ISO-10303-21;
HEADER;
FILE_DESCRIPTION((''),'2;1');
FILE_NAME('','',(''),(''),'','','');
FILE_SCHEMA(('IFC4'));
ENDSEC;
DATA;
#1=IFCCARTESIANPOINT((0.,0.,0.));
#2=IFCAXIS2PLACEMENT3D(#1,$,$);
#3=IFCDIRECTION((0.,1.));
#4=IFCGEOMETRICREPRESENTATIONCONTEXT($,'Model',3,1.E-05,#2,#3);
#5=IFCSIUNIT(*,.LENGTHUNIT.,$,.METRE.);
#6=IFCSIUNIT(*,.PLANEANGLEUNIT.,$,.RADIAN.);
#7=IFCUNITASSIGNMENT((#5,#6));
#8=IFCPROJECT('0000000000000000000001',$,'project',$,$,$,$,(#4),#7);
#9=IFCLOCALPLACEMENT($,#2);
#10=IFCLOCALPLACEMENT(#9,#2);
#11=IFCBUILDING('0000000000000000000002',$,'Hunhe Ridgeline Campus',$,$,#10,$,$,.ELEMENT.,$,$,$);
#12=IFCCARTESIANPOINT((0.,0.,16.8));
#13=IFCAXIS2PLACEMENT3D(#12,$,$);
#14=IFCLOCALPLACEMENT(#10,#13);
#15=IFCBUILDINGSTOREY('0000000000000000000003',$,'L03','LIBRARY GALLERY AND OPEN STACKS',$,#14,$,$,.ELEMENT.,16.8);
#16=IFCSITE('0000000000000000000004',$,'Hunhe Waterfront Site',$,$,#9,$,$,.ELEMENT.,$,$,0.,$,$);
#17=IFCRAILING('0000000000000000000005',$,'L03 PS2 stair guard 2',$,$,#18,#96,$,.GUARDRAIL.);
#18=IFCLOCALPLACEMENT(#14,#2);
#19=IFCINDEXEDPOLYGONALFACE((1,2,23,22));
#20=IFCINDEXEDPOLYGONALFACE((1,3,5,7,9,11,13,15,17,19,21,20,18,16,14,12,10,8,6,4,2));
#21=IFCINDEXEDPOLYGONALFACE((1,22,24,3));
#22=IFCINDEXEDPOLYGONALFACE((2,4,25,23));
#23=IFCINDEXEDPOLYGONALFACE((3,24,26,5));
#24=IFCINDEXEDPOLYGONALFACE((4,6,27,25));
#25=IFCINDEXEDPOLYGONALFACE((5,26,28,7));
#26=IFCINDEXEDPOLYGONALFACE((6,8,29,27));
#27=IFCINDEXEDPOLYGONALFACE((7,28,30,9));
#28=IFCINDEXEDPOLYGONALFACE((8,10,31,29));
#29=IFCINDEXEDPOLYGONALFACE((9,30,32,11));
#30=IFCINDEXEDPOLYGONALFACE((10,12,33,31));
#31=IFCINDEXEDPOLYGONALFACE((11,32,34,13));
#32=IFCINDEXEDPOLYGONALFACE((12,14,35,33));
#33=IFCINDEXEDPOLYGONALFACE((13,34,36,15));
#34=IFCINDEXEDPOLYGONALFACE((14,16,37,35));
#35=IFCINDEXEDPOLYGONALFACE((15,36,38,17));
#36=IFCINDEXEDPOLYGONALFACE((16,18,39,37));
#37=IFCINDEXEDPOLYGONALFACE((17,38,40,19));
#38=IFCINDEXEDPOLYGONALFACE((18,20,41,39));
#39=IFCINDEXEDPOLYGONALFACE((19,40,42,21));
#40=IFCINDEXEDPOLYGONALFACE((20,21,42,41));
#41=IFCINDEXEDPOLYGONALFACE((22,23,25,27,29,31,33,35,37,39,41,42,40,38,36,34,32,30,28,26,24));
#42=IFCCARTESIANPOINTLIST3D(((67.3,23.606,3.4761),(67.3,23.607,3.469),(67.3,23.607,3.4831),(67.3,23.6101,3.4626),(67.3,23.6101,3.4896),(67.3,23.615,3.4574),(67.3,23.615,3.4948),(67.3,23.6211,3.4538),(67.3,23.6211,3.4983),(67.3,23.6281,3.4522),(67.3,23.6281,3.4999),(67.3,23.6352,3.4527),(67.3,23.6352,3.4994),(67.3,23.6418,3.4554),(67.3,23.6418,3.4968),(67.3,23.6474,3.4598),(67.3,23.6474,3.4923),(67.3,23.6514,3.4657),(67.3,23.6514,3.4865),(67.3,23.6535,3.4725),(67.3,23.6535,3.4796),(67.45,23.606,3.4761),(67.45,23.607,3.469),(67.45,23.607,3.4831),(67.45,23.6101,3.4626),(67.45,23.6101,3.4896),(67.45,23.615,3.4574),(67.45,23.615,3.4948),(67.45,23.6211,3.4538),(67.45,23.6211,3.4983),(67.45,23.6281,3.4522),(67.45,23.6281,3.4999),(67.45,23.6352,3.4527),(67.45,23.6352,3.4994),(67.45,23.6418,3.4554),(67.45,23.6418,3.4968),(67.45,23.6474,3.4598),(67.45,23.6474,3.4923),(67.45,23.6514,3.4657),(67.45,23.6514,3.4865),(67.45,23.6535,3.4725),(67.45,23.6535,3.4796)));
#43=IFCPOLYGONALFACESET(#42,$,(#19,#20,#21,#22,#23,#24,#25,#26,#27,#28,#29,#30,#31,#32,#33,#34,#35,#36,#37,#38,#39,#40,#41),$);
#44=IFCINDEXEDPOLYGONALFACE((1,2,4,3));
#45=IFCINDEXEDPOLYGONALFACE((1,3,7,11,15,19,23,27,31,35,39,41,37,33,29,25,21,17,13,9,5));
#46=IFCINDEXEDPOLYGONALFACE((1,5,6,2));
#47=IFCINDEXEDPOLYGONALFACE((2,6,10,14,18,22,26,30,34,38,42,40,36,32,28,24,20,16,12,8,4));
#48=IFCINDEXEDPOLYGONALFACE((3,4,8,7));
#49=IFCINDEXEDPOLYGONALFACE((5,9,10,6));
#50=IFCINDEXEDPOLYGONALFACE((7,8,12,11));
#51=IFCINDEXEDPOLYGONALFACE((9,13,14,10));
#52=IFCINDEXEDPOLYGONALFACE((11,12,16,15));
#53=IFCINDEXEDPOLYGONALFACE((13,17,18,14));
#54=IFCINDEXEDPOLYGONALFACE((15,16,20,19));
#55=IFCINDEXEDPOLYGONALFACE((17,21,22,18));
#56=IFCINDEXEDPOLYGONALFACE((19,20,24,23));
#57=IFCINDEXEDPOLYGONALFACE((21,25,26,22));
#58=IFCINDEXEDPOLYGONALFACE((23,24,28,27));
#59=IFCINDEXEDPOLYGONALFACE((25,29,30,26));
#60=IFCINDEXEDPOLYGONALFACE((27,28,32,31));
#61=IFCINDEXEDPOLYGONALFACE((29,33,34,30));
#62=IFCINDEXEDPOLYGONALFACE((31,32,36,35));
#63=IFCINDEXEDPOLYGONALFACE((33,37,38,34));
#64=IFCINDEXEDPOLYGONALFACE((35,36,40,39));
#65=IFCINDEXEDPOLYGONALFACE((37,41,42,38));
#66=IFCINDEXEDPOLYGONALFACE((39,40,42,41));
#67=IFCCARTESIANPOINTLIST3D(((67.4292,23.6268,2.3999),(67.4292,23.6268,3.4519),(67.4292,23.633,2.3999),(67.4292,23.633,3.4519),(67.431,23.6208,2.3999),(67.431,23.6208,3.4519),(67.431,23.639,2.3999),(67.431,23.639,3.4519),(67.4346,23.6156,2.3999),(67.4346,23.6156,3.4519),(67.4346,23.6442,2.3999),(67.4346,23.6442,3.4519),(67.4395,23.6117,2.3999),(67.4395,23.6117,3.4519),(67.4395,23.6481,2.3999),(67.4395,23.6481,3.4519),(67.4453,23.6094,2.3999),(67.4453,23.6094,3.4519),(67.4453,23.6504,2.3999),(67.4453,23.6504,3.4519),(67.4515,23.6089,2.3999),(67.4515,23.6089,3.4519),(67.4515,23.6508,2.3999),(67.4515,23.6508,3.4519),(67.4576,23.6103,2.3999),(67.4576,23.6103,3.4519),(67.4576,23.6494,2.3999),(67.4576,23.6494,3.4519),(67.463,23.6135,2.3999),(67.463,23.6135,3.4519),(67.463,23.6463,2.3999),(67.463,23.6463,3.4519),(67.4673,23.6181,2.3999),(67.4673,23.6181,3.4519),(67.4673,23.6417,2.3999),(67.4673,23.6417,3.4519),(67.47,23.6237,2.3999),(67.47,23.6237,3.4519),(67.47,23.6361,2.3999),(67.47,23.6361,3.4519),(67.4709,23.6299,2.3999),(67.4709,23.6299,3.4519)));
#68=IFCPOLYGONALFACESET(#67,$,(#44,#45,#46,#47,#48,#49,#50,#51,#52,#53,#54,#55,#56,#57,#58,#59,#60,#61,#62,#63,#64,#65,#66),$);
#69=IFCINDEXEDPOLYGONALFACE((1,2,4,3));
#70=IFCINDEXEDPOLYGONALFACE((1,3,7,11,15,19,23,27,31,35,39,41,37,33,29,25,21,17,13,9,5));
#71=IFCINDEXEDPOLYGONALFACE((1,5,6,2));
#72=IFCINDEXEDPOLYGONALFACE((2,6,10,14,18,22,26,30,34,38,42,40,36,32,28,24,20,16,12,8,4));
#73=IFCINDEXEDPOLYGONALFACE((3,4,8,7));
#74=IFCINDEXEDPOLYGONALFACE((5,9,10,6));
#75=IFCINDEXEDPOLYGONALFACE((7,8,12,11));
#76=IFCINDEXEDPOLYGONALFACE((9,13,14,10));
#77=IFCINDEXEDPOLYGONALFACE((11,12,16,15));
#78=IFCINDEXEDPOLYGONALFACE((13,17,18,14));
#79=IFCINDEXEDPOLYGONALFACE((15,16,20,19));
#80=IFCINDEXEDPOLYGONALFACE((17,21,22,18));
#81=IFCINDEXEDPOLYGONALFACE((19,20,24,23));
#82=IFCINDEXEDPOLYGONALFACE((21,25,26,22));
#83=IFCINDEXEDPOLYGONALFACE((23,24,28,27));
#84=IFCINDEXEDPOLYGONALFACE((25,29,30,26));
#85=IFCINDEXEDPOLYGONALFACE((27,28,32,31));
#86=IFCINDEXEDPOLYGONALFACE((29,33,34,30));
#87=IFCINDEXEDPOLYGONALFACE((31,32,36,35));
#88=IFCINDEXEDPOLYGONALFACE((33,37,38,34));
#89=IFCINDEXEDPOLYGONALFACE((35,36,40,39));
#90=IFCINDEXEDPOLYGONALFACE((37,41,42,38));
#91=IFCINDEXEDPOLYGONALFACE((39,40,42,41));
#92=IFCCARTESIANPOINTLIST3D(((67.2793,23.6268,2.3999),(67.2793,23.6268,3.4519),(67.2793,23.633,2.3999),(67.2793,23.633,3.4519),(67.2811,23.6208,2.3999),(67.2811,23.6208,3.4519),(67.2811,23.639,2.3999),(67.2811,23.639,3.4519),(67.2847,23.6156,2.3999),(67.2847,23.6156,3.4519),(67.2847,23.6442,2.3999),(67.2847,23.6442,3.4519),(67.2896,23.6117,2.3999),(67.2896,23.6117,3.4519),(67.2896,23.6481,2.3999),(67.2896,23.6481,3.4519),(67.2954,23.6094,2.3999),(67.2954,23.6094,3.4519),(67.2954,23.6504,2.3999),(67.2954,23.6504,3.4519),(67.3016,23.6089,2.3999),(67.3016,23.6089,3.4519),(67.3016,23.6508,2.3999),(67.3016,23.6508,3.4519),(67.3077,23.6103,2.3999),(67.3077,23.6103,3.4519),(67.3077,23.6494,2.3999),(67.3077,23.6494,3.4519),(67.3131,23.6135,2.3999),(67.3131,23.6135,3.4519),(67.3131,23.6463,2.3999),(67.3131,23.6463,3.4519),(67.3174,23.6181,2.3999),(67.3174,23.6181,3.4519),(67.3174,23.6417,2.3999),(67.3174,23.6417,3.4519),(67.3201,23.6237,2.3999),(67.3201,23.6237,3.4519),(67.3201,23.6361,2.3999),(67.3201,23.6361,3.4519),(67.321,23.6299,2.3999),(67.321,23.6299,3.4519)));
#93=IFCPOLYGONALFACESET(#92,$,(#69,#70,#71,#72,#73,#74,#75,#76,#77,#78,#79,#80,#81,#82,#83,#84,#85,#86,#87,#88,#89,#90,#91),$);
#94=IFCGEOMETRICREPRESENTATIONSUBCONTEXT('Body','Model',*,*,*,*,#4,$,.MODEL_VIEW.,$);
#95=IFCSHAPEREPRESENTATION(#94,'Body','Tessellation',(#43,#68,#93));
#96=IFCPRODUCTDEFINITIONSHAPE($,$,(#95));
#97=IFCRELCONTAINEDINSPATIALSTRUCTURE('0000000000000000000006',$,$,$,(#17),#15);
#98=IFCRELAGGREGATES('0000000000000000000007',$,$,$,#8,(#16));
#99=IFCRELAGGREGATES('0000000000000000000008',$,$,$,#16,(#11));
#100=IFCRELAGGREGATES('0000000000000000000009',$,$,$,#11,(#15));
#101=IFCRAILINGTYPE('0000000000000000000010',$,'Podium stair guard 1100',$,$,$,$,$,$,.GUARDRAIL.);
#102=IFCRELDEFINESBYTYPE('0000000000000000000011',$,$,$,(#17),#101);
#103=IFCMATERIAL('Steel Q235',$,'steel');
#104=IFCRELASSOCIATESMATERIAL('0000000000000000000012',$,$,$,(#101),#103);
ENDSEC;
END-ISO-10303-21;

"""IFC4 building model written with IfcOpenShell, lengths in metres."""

from ifc_helpers import new_model, si_unit, direction, frame, origin, origin_2d, place, context, subcontext, project, spatial, circle, extrude, material, type_object, element, save


model = new_model("IFC4")

# Units and contexts
model_context = context("Model", 3, precision=1e-05, world=origin(), true_north=direction((0.0, 1.0)))
body_context = subcontext(model_context, "Body", "Model", "MODEL_VIEW")
ifc_project = project(units=[si_unit("LENGTHUNIT", "METRE"), si_unit("PLANEANGLEUNIT", "RADIAN")], contexts=[model_context])

# Site, building, storey
site_placement = place(None, origin())
site = spatial("IfcSite", under=ifc_project, at=site_placement, Name="Hunhe Waterfront Site", CompositionType="ELEMENT", RefElevation=0.0)
building_placement = place(site_placement, origin())
building = spatial("IfcBuilding", under=site, at=building_placement, Name="Hunhe Ridgeline Campus", CompositionType="ELEMENT")
storey_placement = place(building_placement, frame((0.0, 0.0, 16.8)))
storey = spatial("IfcBuildingStorey", under=building, at=storey_placement, Name="L03", Description="LIBRARY GALLERY AND OPEN STACKS", CompositionType="ELEMENT", Elevation=16.8)

# Railing
ifc_material_1 = material(Name="Steel Q235", Category="steel")
railing_type_1 = type_object("IfcRailingType", Name="Podium stair guard 1100", PredefinedType="GUARDRAIL", material=ifc_material_1)
railing_1_placement = place(storey_placement, frame((67.45, 23.6299, 2.3999)))
element("IfcRailing", 1, at=railing_1_placement, inside=storey, type_object=railing_type_1, Name="L03 PS2 stair guard 2", PredefinedType="GUARDRAIL", context=body_context, shape_type="SweptSolid", body=[
    extrude(circle(Radius=0.0239, at=origin_2d()), frame((0.0, 0.0, 1.0762), z_axis=(-1.0, 0.0, 0.0), x_axis=(0.0, -1.0, 0.0)), (0.0, 0.0, 1.0), 0.1499),
    extrude(circle(Radius=0.021, at=origin_2d()), origin(), (0.0, 0.0, 1.0), 1.052),
    extrude(circle(Radius=0.021, at=origin_2d()), frame((-0.1499, 0.0, 0.0)), (0.0, 0.0, 1.0), 1.052),
])

save(model, "model.ifc")
